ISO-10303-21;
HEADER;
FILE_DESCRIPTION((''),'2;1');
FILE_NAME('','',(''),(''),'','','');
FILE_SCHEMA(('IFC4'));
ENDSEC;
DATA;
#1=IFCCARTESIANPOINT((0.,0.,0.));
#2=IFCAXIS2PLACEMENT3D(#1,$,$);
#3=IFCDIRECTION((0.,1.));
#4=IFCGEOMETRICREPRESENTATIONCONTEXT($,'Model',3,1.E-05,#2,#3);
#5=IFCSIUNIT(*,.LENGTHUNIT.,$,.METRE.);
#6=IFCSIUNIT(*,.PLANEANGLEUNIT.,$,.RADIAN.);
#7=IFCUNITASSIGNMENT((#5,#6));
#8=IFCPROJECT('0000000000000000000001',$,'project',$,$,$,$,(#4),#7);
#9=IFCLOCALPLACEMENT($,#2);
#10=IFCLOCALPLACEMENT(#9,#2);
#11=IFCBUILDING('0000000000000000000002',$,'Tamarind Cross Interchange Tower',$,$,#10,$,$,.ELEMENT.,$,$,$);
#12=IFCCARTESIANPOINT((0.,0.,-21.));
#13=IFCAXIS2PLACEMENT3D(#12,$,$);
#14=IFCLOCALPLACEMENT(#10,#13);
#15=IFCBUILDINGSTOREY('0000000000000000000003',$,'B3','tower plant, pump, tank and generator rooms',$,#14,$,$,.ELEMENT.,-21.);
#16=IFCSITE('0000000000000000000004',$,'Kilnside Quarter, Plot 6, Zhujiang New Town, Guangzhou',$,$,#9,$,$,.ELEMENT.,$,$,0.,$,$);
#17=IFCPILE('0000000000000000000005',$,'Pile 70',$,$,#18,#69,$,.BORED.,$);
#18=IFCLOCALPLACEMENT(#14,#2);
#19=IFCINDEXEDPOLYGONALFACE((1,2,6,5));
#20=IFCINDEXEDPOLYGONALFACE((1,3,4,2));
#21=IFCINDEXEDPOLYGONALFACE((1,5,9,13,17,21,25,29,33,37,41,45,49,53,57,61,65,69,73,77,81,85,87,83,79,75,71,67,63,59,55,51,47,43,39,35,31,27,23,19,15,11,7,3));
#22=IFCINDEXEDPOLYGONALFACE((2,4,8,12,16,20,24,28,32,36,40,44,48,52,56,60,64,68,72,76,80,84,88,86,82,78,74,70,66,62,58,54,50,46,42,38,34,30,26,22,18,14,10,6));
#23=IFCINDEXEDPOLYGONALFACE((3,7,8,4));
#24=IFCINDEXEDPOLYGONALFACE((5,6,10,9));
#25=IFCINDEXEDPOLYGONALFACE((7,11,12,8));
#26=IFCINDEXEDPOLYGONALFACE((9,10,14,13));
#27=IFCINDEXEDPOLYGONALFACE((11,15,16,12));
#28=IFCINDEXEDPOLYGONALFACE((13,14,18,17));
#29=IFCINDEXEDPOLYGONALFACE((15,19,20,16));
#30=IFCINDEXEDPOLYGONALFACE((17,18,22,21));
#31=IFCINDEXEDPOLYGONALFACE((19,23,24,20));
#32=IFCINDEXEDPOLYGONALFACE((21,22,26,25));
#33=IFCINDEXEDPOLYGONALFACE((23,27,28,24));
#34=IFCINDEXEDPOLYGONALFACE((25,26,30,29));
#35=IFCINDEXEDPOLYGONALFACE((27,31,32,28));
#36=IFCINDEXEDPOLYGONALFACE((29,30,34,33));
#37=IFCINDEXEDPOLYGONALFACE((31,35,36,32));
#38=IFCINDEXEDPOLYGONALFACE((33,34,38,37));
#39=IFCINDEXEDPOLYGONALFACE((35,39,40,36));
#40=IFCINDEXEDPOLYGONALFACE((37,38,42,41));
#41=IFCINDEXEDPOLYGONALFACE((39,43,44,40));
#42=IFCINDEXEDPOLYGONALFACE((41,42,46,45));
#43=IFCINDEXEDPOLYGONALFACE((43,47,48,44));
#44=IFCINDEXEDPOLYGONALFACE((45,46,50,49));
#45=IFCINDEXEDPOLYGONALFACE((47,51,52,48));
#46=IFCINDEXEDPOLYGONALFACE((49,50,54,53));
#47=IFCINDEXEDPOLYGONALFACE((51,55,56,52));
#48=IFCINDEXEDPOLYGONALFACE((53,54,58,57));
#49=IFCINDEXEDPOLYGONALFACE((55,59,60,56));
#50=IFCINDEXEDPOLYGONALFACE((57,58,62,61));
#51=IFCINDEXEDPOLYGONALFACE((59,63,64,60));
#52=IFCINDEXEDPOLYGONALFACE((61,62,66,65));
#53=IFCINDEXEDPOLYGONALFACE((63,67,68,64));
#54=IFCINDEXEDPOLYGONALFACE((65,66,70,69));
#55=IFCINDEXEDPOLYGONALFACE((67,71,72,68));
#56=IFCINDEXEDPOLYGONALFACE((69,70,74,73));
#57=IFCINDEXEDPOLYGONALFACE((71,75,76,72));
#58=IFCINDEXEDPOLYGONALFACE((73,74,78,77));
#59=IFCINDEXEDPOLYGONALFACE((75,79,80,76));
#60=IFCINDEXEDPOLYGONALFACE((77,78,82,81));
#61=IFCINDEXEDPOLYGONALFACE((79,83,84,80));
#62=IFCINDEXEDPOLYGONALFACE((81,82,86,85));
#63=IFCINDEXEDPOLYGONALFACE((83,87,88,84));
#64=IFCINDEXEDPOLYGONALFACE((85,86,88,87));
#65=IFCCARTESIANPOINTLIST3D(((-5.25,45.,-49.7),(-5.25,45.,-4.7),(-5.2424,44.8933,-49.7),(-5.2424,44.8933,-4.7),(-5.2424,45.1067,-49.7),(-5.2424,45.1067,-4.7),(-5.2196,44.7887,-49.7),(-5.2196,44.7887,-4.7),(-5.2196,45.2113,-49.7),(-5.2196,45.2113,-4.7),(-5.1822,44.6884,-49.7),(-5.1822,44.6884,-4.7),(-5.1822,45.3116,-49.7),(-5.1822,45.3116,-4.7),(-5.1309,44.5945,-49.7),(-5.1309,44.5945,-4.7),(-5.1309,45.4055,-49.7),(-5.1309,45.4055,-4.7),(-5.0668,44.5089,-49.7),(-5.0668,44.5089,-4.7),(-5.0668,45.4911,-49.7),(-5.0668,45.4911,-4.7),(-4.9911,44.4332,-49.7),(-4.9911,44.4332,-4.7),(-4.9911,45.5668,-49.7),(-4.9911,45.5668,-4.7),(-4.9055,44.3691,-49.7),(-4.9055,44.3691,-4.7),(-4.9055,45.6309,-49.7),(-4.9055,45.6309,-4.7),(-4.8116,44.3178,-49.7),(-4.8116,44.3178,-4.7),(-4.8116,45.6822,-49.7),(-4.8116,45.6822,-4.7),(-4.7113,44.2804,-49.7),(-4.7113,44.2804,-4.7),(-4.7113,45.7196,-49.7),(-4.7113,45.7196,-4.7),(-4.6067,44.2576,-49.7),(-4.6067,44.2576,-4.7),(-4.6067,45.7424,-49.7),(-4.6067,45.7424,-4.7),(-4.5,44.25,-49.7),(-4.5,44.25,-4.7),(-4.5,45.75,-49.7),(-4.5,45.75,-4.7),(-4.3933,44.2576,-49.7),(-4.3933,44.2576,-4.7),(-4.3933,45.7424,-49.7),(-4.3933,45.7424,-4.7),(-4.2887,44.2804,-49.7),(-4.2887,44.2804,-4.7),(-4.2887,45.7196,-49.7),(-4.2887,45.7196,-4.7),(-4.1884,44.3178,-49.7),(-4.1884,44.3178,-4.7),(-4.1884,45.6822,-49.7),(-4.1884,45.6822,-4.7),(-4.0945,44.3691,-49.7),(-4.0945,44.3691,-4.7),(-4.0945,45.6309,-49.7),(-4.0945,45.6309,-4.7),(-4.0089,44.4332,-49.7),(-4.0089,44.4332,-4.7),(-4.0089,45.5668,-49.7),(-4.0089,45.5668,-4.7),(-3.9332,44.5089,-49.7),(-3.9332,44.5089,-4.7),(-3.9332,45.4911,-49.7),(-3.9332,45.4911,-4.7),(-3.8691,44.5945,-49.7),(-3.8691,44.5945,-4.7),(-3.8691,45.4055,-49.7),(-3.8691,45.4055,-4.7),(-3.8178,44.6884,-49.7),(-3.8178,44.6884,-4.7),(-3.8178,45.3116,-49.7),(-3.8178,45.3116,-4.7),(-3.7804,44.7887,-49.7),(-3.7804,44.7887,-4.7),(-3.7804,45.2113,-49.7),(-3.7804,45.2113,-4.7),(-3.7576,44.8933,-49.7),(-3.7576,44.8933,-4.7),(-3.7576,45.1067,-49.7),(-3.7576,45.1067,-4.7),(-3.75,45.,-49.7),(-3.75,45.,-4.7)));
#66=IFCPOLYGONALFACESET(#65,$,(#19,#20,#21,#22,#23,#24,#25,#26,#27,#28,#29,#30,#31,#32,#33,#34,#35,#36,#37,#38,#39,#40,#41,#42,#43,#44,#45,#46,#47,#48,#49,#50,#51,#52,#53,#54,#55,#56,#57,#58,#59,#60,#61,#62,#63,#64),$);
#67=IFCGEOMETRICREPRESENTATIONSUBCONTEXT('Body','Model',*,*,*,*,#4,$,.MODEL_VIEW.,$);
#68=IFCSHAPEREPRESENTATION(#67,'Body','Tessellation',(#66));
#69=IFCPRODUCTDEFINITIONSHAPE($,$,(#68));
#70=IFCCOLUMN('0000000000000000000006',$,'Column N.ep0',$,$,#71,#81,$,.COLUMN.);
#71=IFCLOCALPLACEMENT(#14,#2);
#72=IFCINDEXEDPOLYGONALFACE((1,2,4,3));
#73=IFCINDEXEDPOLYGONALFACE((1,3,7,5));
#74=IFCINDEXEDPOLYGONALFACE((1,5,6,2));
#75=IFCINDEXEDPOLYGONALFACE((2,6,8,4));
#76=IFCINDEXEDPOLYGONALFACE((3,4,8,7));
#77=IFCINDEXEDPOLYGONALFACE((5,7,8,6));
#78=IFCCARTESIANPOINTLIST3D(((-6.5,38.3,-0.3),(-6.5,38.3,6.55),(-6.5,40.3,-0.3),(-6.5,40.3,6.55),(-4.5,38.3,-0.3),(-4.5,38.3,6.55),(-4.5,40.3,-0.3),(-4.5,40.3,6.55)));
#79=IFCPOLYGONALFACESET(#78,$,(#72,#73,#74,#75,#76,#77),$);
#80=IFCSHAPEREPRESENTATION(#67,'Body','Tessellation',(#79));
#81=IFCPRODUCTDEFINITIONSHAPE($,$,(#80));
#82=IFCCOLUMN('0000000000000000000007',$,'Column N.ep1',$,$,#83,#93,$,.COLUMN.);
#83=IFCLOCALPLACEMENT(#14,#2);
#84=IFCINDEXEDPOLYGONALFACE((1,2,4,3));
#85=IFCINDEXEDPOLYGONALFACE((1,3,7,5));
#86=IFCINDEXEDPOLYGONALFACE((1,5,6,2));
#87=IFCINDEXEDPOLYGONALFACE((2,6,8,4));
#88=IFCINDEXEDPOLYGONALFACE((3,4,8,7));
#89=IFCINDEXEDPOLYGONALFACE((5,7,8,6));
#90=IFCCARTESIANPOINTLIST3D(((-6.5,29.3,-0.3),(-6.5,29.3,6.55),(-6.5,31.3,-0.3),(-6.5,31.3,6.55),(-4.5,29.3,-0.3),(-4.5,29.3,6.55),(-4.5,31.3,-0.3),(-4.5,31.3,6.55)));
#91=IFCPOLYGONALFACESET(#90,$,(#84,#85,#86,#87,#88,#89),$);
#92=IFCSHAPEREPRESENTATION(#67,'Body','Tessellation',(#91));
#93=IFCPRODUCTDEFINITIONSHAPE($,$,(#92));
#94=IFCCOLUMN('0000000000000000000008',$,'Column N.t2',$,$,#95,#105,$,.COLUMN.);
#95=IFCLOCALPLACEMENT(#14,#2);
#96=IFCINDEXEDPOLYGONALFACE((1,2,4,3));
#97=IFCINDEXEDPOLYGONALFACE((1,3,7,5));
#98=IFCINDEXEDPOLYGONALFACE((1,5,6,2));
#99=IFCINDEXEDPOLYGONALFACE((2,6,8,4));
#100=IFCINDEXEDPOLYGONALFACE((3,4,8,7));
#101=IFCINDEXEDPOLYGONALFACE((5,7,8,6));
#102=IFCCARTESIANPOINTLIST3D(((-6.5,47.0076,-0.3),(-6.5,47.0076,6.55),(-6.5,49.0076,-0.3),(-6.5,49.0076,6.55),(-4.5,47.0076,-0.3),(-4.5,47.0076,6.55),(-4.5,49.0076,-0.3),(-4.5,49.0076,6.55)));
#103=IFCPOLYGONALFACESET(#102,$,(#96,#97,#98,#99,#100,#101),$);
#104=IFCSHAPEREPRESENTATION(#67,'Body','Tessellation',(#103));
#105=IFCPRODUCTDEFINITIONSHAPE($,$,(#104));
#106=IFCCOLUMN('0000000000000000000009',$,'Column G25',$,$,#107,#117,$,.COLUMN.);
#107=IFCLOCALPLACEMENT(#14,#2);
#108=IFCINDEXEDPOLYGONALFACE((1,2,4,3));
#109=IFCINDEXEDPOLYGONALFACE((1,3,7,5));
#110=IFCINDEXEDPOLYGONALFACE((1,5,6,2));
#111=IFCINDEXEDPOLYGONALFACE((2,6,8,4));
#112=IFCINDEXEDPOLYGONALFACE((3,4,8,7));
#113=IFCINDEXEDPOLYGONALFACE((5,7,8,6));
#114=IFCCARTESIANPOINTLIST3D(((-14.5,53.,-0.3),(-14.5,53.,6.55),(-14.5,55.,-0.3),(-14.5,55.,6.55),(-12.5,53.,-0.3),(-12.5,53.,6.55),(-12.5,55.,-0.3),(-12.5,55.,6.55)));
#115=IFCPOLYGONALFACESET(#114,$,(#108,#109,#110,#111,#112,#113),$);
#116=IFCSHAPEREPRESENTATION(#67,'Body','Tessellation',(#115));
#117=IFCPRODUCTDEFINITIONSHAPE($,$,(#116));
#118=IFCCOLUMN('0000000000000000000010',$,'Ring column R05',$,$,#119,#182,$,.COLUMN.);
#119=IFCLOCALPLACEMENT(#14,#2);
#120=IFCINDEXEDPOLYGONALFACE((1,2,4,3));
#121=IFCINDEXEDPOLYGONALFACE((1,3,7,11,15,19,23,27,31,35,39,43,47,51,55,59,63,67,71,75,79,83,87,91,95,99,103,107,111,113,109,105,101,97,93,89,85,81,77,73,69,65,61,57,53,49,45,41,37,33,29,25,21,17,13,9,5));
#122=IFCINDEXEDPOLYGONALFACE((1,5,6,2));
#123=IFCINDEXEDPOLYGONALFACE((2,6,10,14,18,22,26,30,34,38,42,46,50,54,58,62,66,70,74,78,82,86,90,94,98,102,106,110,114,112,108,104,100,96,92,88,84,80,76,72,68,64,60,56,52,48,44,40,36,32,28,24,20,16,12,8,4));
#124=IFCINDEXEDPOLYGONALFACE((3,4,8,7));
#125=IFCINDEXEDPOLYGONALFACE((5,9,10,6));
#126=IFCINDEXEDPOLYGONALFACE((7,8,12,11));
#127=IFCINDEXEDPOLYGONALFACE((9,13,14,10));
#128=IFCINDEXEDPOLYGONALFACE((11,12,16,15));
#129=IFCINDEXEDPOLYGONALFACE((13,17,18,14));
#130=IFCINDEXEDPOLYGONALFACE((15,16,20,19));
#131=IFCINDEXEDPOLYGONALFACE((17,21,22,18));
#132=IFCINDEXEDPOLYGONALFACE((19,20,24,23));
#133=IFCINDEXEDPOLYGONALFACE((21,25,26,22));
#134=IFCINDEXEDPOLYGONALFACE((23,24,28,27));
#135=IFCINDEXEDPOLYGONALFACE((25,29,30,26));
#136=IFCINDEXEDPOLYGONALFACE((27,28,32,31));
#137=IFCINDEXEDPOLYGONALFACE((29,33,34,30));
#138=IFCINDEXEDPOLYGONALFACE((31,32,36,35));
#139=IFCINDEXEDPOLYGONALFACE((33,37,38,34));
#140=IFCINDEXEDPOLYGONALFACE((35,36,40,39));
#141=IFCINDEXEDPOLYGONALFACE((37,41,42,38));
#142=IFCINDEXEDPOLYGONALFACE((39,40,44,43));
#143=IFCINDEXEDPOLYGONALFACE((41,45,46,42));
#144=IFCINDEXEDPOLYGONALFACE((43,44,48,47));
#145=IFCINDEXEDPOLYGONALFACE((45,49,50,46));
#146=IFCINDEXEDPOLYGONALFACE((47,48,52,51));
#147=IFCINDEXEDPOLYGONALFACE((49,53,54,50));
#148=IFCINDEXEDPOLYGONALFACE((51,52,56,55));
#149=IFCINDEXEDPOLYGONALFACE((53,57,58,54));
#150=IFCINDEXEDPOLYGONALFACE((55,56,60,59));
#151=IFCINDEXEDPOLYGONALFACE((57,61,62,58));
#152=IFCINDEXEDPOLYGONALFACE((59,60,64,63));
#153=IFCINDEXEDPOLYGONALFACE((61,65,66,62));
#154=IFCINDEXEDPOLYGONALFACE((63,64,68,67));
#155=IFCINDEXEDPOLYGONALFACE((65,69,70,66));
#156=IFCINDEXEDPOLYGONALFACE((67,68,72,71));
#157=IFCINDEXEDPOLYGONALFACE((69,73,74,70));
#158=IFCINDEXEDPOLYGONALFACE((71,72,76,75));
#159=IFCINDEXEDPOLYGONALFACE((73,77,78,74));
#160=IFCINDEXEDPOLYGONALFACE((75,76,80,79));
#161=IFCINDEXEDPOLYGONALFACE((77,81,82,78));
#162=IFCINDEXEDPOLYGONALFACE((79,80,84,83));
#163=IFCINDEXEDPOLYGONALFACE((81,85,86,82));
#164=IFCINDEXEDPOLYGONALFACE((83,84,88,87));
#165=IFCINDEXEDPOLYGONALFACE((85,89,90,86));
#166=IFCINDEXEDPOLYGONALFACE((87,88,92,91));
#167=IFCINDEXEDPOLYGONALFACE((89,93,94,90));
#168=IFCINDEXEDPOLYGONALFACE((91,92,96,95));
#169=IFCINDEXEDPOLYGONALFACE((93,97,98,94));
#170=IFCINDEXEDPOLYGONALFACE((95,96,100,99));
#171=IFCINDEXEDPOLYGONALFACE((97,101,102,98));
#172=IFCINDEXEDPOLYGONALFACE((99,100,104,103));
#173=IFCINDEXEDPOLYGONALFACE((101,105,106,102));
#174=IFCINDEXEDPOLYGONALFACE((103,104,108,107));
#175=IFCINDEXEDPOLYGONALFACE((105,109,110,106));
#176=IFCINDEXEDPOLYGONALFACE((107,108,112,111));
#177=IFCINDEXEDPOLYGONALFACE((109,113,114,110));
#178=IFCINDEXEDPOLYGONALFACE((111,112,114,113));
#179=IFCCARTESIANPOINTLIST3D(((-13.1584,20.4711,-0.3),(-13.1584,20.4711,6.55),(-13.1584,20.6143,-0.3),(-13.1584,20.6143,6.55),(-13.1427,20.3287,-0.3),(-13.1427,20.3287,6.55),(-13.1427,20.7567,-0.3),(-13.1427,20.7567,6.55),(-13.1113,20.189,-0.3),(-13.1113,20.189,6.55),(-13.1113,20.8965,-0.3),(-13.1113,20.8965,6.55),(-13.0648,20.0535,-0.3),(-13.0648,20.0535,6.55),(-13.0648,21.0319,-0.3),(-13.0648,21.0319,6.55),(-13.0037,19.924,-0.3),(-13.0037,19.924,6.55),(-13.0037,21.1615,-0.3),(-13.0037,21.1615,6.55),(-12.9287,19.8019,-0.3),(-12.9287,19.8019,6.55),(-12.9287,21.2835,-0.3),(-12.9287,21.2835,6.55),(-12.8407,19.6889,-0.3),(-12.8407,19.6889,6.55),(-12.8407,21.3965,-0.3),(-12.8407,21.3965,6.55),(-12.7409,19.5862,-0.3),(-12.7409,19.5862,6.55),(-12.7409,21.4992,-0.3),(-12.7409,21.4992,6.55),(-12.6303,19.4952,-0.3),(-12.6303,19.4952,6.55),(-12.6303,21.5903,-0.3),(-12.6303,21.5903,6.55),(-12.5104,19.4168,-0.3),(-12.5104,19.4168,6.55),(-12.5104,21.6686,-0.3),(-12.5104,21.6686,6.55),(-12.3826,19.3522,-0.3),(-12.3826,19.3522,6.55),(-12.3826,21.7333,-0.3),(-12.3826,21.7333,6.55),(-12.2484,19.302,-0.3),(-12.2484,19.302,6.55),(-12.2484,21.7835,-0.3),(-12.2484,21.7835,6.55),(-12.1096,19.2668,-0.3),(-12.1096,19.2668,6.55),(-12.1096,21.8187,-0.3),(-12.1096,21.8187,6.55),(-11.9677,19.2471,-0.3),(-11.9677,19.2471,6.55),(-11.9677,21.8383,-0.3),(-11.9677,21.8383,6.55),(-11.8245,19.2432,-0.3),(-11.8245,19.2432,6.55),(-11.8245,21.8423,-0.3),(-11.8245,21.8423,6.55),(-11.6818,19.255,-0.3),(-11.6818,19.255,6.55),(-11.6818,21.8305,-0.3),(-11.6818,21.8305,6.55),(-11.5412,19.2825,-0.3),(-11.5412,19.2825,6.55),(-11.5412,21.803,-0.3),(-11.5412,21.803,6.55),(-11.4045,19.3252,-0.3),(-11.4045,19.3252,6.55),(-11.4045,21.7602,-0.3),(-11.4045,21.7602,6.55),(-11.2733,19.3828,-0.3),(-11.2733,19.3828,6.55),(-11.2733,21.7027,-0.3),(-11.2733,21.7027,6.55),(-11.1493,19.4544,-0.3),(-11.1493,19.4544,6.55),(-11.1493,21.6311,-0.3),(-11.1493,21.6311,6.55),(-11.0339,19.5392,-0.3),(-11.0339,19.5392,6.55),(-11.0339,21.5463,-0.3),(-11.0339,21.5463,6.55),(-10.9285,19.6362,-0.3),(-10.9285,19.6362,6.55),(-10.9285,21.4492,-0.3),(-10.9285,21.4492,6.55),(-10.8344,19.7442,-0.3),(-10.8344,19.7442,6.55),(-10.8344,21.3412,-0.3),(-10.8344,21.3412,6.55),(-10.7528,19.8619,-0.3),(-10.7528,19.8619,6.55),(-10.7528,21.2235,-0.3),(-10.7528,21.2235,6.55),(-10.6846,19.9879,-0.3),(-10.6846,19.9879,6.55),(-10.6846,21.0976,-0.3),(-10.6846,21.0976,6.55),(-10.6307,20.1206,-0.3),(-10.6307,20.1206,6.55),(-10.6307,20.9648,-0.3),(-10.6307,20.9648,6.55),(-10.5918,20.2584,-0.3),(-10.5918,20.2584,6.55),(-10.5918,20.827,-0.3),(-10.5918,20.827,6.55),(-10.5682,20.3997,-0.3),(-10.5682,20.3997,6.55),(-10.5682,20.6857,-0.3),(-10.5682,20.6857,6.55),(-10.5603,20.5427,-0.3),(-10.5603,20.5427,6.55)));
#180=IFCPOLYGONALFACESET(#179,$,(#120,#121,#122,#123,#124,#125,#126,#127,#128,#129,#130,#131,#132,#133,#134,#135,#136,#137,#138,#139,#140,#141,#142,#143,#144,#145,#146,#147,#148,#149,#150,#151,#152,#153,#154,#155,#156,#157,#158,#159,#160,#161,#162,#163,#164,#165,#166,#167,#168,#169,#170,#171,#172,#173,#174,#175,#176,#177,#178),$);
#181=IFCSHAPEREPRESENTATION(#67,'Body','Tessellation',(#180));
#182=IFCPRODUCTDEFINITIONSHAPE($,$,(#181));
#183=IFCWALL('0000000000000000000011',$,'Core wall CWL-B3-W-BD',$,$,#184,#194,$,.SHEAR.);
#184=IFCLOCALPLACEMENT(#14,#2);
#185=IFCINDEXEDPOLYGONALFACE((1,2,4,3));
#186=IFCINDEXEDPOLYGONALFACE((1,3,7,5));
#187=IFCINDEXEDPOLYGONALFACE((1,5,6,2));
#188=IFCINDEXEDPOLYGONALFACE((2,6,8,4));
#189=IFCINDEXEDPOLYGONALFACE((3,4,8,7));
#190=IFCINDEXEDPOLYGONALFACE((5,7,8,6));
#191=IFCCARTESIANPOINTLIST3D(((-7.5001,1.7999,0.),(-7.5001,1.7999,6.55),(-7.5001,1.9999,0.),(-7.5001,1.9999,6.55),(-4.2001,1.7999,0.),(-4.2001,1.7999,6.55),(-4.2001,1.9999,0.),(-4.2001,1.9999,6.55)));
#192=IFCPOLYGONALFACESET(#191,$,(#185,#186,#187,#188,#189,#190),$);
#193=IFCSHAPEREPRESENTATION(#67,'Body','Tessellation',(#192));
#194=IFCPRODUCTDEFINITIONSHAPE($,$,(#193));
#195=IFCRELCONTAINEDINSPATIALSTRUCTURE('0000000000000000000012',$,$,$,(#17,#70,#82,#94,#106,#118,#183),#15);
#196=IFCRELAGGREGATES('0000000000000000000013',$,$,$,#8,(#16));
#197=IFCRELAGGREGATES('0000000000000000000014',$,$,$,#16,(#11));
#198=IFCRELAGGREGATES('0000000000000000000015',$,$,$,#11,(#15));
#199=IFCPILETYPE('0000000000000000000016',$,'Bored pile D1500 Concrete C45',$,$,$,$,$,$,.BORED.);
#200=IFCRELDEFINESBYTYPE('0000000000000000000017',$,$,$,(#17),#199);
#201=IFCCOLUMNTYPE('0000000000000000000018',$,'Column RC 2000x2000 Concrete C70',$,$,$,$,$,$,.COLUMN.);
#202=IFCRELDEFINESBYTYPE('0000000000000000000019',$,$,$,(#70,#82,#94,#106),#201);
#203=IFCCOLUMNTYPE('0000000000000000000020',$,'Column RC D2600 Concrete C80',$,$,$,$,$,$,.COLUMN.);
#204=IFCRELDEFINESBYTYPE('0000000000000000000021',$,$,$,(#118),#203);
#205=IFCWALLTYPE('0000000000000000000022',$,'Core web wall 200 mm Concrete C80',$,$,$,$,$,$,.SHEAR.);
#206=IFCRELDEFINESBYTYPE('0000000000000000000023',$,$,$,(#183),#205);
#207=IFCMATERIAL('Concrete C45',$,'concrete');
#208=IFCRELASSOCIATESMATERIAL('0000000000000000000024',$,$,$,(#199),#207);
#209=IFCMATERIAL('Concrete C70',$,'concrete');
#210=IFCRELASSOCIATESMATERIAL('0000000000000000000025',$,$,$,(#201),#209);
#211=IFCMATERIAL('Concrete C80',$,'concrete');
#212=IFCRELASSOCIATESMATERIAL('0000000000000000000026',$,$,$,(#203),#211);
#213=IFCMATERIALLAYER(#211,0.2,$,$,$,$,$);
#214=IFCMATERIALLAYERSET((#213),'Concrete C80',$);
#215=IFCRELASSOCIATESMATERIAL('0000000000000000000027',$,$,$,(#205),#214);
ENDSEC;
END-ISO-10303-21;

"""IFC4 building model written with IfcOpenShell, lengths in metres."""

from ifc_helpers import new_model, si_unit, direction, frame, frame_2d, origin, origin_2d, place, context, subcontext, project, spatial, rectangle, circle, extrude, material, layer, layer_set, material_profile, profile_set, type_object, element, save


model = new_model("IFC4")

# Units and contexts
model_context = context("Model", 3, precision=1e-05, world=origin(), true_north=direction((0.0, 1.0)))
body_context = subcontext(model_context, "Body", "Model", "MODEL_VIEW")
ifc_project = project(units=[si_unit("LENGTHUNIT", "METRE"), si_unit("PLANEANGLEUNIT", "RADIAN")], contexts=[model_context])

# Site, building, storey
site_placement = place(None, origin())
site = spatial("IfcSite", under=ifc_project, at=site_placement, Name="Kilnside Quarter, Plot 6, Zhujiang New Town, Guangzhou", CompositionType="ELEMENT", RefElevation=0.0)
building_placement = place(site_placement, origin())
building = spatial("IfcBuilding", under=site, at=building_placement, Name="Tamarind Cross Interchange Tower", CompositionType="ELEMENT")
storey_placement = place(building_placement, frame((0.0, 0.0, -21.0)))
storey = spatial("IfcBuildingStorey", under=building, at=storey_placement, Name="B3", Description="tower plant, pump, tank and generator rooms", CompositionType="ELEMENT", Elevation=-21.0)

# Pile
ifc_material_1 = material(Name="Concrete C45", Category="concrete")
ifc_material_profile_1 = material_profile(ifc_material_1, circle(Radius=0.75, at=origin_2d()), Name="RC D1500")
ifc_profile_set_1 = profile_set([ifc_material_profile_1], Name="Concrete C45")
pile_type = type_object("IfcPileType", Name="Bored pile D1500 Concrete C45", PredefinedType="BORED", material=ifc_profile_set_1)
for number, where, z_axis, x_axis, name in (
    (1, (-4.5, 45.0, -4.7), (0.0, 0.0, -1.0), (1.0, 0.0, 0.0), "Pile 70"),
):
    element("IfcPile", number, at=place(storey_placement, frame(where, z_axis=z_axis, x_axis=x_axis)), inside=storey, type_object=pile_type, Name=name, PredefinedType="BORED", context=body_context, shape_type="SweptSolid", body=[
        extrude(circle(Radius=0.75, at=origin_2d()), origin(), (0.0, 0.0, 1.0), 45.0),
    ])

# Columns
ifc_material_2 = material(Name="Concrete C70", Category="concrete")
ifc_material_profile_2 = material_profile(ifc_material_2, rectangle(XDim=2.0, YDim=2.0, at=origin_2d()), Name="RC 2000x2000")
ifc_profile_set_2 = profile_set([ifc_material_profile_2], Name="Concrete C70")
column_type_1 = type_object("IfcColumnType", Name="Column RC 2000x2000 Concrete C70", PredefinedType="COLUMN", material=ifc_profile_set_2)
for number, where, z_axis, x_axis, name in (
    (2, (-5.5, 39.3, -0.3), (0.0, 0.0, 1.0), (1.0, 0.0, 0.0), "Column N.ep0"),
    (3, (-5.5, 30.3, -0.3), (0.0, 0.0, 1.0), (1.0, 0.0, 0.0), "Column N.ep1"),
    (4, (-5.5, 48.0076, -0.3), (0.0, 0.0, 1.0), (1.0, 0.0, 0.0), "Column N.t2"),
    (5, (-13.5, 54.0, -0.3), (0.0, 0.0, 1.0), (1.0, 0.0, 0.0), "Column G25"),
):
    element("IfcColumn", number, at=place(storey_placement, frame(where, z_axis=z_axis, x_axis=x_axis)), inside=storey, type_object=column_type_1, Name=name, PredefinedType="COLUMN", context=body_context, shape_type="SweptSolid", body=[
        extrude(rectangle(XDim=2.0, YDim=2.0, at=origin_2d()), origin(), (0.0, 0.0, 1.0), 6.8501),
    ])
ifc_material_3 = material(Name="Concrete C80", Category="concrete")
ifc_material_profile_3 = material_profile(ifc_material_3, circle(Radius=1.3, at=origin_2d()), Name="RC D2600")
ifc_profile_set_3 = profile_set([ifc_material_profile_3], Name="Concrete C80")
column_type_2 = type_object("IfcColumnType", Name="Column RC D2600 Concrete C80", PredefinedType="COLUMN", material=ifc_profile_set_3)
column_placement = place(storey_placement, frame((-11.8604, 20.5427, -0.3), z_axis=(0.0, 0.0, 1.0), x_axis=(1.0, 0.0, 0.0)))
element("IfcColumn", 6, at=column_placement, inside=storey, type_object=column_type_2, Name="Ring column R05", PredefinedType="COLUMN", context=body_context, shape_type="SweptSolid", body=[
    extrude(circle(Radius=1.3, at=origin_2d()), origin(), (0.0, 0.0, 1.0), 6.8501),
])

# Wall
ifc_layer_1 = layer(ifc_material_3, 0.2)
ifc_layer_set_1 = layer_set([ifc_layer_1], Name="Concrete C80")
wall_type_1 = type_object("IfcWallType", Name="Core web wall 200 mm Concrete C80", PredefinedType="SHEAR", material=ifc_layer_set_1)
wall_1_placement = place(storey_placement, frame((-7.5, 1.8999, 0.0), z_axis=(0.0, 0.0, 1.0), x_axis=(1.0, 0.0, 0.0)))
element("IfcWall", 7, at=wall_1_placement, inside=storey, type_object=wall_type_1, Name="Core wall CWL-B3-W-BD", PredefinedType="SHEAR", context=body_context, shape_type="SweptSolid", body=[
    extrude(rectangle(XDim=3.3, YDim=0.2, at=frame_2d((1.6499, 0.0))), origin(), (0.0, 0.0, 1.0), 6.55),
])

save(model, "model.ifc")
